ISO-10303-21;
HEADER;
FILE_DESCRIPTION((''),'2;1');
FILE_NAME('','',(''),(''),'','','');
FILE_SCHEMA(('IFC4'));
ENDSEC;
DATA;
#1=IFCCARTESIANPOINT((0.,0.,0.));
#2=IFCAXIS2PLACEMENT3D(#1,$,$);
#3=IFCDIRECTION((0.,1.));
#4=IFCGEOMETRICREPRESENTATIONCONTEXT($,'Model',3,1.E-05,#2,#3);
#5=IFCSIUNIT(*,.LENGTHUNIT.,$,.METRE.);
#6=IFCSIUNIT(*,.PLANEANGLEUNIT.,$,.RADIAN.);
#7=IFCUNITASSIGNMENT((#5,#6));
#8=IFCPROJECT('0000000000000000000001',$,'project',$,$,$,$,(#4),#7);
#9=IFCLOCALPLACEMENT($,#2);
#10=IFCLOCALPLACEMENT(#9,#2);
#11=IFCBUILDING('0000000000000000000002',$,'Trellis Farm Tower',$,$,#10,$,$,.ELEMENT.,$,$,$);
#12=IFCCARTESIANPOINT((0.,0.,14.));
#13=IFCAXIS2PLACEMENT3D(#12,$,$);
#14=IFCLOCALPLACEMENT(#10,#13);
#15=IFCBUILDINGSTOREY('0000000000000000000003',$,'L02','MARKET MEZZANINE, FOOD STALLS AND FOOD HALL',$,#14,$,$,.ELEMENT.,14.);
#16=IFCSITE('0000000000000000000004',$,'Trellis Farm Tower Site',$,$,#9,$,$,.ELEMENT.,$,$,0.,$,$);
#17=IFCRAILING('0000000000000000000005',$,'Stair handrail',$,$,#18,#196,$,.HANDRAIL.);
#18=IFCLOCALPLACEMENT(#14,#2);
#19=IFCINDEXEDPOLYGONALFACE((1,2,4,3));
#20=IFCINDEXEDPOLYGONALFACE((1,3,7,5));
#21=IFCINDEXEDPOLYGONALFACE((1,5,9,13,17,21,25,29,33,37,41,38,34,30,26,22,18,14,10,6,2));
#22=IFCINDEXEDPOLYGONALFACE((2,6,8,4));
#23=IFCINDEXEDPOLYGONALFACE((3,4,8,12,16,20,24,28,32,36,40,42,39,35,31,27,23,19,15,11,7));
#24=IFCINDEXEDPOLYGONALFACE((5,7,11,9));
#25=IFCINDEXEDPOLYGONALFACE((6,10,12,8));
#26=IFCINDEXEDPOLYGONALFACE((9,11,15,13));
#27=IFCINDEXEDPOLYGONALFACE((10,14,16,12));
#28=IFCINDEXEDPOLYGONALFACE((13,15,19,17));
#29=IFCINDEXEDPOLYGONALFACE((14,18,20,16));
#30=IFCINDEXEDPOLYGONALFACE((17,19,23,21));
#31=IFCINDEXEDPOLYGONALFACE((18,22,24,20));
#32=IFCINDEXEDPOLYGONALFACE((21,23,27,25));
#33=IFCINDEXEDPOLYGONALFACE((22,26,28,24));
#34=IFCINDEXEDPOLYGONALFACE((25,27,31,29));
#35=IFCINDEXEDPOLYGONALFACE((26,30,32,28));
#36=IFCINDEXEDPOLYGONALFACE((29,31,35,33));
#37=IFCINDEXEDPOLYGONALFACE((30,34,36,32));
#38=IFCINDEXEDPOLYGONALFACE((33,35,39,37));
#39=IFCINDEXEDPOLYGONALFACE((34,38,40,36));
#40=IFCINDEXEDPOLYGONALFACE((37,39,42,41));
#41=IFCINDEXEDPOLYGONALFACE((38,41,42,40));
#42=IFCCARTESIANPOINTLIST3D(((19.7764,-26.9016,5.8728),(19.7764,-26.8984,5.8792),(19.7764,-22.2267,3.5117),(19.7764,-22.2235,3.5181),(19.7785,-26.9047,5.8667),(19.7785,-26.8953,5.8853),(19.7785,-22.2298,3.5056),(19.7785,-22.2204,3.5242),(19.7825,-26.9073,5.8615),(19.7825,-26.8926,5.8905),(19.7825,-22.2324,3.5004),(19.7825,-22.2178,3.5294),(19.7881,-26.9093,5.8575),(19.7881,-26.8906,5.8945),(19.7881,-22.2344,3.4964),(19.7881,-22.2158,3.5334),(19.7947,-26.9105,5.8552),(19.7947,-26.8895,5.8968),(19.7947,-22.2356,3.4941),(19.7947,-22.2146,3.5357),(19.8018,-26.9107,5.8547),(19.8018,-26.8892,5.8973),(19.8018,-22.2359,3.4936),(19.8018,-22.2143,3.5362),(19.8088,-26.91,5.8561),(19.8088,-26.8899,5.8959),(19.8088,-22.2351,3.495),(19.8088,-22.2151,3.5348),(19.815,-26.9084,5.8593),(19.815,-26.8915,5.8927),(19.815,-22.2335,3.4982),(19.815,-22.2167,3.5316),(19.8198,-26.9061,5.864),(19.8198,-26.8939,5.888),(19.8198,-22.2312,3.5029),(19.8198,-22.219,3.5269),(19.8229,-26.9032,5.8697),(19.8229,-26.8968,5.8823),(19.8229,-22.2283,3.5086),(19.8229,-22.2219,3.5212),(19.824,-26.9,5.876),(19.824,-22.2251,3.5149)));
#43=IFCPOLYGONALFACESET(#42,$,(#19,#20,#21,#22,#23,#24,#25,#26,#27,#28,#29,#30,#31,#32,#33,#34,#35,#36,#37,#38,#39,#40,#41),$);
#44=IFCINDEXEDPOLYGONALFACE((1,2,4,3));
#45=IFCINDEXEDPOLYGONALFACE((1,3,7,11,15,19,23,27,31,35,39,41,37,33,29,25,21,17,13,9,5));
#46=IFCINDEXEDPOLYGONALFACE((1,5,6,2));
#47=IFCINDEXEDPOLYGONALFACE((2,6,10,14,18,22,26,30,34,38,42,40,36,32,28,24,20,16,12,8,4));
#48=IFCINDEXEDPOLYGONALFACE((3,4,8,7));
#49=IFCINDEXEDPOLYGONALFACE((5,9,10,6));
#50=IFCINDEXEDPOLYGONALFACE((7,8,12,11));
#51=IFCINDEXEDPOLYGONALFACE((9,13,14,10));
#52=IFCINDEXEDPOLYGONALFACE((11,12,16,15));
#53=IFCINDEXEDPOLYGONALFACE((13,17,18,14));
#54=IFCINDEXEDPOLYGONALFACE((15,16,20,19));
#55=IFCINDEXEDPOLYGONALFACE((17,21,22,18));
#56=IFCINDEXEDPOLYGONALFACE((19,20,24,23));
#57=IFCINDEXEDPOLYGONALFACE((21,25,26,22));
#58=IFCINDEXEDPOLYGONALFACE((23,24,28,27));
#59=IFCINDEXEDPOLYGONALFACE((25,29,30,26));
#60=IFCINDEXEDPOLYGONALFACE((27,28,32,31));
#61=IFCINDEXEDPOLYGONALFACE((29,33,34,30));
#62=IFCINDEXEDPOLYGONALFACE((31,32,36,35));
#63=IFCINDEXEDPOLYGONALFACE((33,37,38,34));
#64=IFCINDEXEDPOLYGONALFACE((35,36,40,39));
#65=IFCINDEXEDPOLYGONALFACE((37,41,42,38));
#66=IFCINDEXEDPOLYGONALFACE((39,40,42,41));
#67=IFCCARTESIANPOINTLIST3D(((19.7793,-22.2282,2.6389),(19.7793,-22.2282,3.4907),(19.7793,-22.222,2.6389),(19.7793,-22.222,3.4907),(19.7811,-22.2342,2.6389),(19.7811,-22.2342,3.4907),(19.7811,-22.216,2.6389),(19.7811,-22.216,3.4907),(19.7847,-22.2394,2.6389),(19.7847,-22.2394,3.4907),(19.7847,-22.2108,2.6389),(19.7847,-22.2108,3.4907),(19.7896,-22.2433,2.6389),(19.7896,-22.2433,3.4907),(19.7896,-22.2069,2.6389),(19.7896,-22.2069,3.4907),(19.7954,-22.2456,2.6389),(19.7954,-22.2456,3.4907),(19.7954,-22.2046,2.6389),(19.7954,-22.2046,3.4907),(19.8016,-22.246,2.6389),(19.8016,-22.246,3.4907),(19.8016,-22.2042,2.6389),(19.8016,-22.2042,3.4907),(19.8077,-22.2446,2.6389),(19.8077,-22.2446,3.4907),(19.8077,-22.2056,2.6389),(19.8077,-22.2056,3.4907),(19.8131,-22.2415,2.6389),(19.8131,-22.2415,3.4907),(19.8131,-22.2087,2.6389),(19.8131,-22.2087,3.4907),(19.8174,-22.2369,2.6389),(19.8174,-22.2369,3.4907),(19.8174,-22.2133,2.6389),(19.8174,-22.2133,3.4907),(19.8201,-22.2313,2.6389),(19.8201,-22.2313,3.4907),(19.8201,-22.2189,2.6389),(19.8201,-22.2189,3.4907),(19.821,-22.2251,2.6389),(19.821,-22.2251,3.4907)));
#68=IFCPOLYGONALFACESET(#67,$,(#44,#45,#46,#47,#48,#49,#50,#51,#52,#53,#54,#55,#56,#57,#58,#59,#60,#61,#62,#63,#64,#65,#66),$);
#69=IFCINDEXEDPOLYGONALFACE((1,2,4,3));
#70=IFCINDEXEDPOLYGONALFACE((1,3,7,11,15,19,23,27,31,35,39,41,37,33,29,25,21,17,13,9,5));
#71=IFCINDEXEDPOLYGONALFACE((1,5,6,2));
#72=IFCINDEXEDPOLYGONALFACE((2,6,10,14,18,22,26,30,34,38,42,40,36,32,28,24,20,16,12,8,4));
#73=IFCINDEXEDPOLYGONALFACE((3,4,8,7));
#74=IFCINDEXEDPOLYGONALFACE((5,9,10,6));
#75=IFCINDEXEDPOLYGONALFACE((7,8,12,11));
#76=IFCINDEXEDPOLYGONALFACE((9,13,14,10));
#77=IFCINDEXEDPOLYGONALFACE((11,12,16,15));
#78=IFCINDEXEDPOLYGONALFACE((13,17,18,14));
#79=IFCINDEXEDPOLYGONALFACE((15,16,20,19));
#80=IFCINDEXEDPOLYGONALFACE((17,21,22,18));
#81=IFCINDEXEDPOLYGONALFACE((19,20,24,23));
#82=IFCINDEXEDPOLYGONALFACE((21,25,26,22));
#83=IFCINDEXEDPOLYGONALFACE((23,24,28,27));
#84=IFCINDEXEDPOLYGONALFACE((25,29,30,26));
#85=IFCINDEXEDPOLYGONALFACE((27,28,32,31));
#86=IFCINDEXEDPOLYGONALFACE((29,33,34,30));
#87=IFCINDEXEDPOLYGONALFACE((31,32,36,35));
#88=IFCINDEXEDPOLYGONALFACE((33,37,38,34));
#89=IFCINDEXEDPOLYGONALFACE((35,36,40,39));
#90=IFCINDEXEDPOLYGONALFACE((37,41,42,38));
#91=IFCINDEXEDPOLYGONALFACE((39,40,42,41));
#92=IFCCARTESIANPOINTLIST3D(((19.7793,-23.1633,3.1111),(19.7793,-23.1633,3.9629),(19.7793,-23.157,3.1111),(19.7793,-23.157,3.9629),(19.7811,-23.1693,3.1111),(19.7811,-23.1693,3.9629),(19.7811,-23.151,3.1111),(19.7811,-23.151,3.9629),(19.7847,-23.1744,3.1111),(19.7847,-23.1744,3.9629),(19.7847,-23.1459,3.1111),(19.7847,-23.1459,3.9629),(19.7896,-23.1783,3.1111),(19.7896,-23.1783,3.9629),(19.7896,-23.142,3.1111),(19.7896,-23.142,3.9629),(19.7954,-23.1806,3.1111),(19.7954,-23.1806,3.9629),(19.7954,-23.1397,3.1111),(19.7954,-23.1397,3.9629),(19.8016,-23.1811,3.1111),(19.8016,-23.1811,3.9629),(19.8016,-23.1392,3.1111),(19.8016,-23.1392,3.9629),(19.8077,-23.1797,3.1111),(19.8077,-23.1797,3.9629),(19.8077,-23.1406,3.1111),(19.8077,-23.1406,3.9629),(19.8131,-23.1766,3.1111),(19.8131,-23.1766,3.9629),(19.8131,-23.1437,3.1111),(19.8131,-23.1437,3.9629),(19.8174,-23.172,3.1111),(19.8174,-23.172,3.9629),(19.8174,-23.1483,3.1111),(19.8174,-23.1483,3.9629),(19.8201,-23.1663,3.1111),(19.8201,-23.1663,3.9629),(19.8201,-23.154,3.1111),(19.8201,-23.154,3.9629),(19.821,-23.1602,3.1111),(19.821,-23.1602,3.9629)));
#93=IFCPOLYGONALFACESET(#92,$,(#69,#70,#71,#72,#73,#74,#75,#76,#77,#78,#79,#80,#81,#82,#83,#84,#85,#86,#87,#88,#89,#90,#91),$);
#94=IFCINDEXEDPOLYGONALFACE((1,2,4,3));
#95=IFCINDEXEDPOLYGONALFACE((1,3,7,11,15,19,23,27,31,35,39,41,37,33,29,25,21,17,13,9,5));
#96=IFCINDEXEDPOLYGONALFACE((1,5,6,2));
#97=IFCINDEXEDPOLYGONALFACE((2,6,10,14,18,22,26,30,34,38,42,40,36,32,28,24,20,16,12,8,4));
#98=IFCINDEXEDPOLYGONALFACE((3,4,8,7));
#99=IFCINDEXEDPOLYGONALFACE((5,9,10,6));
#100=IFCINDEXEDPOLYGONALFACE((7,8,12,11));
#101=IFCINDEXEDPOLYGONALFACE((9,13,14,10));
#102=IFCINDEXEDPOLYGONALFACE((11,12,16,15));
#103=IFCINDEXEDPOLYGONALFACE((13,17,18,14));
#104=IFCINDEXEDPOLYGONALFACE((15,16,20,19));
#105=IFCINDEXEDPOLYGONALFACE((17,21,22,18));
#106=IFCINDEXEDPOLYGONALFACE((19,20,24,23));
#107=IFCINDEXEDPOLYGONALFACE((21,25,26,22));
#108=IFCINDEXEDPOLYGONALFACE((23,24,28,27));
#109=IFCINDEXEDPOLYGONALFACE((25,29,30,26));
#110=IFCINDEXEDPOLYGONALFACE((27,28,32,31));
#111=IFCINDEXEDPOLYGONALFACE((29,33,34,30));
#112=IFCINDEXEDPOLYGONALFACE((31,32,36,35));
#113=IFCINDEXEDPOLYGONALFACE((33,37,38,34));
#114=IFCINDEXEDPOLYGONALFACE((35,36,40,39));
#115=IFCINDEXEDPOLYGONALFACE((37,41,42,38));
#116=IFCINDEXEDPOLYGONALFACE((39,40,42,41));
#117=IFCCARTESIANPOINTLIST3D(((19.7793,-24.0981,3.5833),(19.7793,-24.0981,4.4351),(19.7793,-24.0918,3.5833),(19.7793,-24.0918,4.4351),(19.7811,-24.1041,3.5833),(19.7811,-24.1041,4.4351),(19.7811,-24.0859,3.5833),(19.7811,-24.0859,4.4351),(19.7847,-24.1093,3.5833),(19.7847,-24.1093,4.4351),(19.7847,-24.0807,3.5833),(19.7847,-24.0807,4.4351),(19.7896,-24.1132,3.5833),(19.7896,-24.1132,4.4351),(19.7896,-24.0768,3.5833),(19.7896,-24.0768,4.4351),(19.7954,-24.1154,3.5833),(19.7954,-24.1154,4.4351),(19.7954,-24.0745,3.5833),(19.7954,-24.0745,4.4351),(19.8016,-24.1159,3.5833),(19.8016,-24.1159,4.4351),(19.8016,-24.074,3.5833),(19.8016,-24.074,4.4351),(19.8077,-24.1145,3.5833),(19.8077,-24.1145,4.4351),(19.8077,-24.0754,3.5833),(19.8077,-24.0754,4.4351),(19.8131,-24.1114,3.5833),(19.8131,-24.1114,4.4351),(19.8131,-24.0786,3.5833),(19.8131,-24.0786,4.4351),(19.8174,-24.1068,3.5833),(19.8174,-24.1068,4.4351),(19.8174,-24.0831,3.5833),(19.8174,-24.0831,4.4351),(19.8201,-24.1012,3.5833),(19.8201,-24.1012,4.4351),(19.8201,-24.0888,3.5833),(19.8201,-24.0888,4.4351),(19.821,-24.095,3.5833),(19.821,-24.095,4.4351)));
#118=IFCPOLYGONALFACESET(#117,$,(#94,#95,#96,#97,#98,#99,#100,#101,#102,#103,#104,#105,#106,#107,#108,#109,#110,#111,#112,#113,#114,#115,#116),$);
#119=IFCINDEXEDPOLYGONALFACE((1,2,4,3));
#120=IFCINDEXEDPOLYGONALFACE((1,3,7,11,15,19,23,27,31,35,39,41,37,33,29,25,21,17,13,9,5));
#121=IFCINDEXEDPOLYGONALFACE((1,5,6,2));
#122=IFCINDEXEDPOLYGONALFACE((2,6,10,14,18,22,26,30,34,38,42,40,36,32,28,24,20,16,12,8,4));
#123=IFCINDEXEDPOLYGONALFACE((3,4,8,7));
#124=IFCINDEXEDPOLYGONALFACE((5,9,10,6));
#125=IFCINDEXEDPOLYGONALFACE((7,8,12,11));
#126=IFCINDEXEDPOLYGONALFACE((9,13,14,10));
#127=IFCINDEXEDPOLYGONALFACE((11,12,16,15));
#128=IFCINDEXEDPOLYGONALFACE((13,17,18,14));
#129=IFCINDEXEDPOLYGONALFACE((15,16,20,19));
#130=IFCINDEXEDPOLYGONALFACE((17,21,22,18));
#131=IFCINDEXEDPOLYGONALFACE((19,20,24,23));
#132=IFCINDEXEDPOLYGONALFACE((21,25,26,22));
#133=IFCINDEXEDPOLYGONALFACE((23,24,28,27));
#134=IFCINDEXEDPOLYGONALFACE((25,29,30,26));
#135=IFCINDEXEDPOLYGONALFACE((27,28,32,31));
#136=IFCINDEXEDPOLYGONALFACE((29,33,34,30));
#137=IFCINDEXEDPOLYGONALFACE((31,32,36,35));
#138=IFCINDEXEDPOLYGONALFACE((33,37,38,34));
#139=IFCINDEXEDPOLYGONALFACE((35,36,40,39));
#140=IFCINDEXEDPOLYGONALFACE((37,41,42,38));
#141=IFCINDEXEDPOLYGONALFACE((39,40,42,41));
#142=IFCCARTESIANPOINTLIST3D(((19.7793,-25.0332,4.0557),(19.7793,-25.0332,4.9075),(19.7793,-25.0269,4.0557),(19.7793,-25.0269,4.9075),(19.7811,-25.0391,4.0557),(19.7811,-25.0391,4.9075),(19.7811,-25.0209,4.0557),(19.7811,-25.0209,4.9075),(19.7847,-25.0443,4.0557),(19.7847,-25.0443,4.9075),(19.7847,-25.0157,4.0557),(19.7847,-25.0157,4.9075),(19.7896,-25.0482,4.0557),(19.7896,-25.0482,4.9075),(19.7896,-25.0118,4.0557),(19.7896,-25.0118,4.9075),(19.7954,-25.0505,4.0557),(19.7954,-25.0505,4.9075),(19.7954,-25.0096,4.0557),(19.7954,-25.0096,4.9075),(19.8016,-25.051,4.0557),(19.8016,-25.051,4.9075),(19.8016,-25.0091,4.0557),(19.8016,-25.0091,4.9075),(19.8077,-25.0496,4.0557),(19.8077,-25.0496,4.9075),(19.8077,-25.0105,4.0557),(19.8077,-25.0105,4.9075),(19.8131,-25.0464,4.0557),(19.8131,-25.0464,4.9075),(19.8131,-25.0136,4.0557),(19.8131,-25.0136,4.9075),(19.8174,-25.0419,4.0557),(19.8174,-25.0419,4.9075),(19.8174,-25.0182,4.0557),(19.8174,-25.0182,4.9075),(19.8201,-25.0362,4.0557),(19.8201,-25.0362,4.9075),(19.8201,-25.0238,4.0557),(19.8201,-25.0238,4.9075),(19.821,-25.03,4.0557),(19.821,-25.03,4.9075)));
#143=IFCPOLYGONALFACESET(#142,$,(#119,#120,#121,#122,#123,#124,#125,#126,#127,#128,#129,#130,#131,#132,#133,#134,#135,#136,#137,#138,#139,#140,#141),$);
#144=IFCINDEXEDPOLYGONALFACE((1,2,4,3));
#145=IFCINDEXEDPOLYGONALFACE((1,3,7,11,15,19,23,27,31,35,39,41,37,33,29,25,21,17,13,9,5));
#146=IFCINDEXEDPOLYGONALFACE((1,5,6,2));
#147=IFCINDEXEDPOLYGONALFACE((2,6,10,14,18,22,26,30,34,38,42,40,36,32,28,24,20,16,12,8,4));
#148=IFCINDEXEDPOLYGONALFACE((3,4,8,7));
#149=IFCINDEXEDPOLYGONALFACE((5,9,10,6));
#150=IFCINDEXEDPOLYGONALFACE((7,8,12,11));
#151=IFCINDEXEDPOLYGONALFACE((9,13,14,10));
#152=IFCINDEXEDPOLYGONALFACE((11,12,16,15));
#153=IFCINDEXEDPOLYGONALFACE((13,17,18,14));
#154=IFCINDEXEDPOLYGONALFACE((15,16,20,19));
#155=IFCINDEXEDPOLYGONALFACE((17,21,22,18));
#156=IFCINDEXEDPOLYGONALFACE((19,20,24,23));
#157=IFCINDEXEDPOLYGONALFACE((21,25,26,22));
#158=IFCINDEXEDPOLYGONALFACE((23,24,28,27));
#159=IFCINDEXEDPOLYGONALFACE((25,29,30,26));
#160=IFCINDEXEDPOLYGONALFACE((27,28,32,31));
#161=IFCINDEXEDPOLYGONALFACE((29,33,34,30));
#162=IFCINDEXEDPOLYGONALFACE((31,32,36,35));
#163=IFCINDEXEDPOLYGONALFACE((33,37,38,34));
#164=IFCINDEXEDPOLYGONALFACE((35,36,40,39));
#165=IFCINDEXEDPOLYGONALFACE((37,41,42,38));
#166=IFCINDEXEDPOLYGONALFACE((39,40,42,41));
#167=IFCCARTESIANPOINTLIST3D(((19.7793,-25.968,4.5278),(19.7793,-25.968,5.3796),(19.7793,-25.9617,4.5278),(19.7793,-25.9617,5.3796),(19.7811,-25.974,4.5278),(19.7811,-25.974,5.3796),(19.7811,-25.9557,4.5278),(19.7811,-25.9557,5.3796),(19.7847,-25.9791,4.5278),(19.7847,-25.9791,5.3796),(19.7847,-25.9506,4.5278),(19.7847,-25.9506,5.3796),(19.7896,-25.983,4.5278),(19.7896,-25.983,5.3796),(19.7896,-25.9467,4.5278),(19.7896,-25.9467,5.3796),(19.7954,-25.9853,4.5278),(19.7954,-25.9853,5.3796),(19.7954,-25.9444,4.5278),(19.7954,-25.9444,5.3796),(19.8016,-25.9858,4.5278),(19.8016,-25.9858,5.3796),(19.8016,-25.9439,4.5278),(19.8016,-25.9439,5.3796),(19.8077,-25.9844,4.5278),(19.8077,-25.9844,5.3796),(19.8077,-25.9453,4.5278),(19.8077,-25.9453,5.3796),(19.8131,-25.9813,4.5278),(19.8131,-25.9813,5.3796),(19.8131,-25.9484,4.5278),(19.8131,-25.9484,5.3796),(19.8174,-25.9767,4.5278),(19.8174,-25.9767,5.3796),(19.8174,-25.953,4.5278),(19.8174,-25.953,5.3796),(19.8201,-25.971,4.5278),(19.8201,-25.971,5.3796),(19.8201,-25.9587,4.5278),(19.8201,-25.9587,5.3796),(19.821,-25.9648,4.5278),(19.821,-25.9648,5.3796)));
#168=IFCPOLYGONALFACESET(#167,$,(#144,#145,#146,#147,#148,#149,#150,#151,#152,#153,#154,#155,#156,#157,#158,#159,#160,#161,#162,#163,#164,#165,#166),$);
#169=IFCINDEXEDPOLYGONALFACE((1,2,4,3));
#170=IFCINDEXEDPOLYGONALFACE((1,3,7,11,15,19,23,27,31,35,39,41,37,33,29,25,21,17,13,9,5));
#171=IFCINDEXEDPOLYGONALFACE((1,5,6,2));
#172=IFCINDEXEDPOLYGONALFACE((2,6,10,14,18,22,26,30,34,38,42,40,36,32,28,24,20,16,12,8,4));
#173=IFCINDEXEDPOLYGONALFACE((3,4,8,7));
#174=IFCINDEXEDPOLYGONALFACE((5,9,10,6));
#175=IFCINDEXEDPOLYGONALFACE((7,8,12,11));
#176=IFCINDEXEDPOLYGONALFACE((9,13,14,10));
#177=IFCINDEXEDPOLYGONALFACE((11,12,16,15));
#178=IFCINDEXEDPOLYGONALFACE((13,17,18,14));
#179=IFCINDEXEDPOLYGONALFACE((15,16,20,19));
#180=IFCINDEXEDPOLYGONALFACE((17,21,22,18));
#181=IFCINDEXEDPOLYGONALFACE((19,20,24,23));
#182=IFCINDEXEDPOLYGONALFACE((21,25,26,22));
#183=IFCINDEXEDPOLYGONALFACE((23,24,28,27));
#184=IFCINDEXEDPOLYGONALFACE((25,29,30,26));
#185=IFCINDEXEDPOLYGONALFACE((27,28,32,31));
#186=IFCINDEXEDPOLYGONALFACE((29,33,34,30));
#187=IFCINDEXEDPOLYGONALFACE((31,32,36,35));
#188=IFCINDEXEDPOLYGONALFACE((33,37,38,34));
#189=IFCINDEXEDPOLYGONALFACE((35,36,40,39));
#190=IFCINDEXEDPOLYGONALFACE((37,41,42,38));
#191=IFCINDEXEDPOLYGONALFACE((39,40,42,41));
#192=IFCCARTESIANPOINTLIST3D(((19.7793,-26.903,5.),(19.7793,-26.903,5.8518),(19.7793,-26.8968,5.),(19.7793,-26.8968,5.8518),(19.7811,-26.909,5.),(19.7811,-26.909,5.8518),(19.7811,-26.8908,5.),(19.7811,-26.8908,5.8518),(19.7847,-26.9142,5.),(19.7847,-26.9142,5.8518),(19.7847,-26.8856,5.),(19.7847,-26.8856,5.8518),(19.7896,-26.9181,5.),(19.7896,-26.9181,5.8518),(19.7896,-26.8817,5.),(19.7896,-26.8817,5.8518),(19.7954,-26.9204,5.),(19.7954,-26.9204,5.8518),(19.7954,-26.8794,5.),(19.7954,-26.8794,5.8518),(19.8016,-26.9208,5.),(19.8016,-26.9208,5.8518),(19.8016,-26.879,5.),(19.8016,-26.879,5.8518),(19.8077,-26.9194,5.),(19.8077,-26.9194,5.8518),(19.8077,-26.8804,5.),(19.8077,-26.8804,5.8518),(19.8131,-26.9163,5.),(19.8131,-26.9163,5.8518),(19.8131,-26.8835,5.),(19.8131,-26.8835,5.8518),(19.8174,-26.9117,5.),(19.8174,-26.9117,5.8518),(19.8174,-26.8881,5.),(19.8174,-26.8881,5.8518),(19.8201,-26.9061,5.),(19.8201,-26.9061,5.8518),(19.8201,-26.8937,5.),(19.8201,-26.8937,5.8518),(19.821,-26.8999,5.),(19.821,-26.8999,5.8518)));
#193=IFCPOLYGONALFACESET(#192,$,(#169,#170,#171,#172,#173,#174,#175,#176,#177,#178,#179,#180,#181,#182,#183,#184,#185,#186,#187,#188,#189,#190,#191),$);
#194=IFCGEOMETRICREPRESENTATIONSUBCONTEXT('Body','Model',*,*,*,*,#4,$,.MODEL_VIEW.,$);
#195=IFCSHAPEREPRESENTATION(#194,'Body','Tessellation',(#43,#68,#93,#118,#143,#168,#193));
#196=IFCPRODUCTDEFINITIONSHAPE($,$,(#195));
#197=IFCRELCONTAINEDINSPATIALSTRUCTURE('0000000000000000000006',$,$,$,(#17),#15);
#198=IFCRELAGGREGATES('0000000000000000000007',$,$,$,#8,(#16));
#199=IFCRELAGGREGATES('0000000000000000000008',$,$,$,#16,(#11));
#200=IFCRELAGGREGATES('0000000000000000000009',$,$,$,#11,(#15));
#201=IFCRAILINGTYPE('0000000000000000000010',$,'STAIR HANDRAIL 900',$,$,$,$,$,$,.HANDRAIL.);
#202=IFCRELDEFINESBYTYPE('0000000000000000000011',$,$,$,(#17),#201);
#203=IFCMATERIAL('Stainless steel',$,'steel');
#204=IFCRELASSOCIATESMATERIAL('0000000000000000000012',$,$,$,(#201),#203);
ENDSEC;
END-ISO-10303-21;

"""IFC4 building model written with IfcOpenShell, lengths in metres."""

from ifc_helpers import new_model, si_unit, direction, frame, origin, origin_2d, place, context, subcontext, project, spatial, circle, extrude, source, transform, mapped, material, type_object, element, save


model = new_model("IFC4")

# Units and contexts
model_context = context("Model", 3, precision=1e-05, world=origin(), true_north=direction((0.0, 1.0)))
body_context = subcontext(model_context, "Body", "Model", "MODEL_VIEW")
ifc_project = project(units=[si_unit("LENGTHUNIT", "METRE"), si_unit("PLANEANGLEUNIT", "RADIAN")], contexts=[model_context])

# Site, building, storey
site_placement = place(None, origin())
site = spatial("IfcSite", under=ifc_project, at=site_placement, Name="Trellis Farm Tower Site", CompositionType="ELEMENT", RefElevation=0.0)
building_placement = place(site_placement, origin())
building = spatial("IfcBuilding", under=site, at=building_placement, Name="Trellis Farm Tower", CompositionType="ELEMENT")
storey_placement = place(building_placement, frame((0.0, 0.0, 14.0)))
storey = spatial("IfcBuildingStorey", under=building, at=storey_placement, Name="L02", Description="MARKET MEZZANINE, FOOD STALLS AND FOOD HALL", CompositionType="ELEMENT", Elevation=14.0)

# Railing
ifc_material_1 = material(Name="Stainless steel", Category="steel")
railing_type = type_object("IfcRailingType", Name="STAIR HANDRAIL 900", PredefinedType="HANDRAIL", material=ifc_material_1)
shared_shape_1 = source(origin(), body_context, "Body", "SweptSolid", [
    extrude(circle(Radius=0.0239, at=origin_2d()), frame((0.0, 0.0, 0.876), z_axis=(0.0, -0.892611, 0.450827), x_axis=(1.0, 0.0, 0.0)), (0.0, 0.0, 1.0), 5.2373),
    extrude(circle(Radius=0.021, at=origin_2d()), origin(), (0.0, 0.0, 1.0), 0.8518),
    extrude(circle(Radius=0.021, at=origin_2d()), frame((0.0, -0.9351, 0.4722)), (0.0, 0.0, 1.0), 0.8518),
    extrude(circle(Radius=0.021, at=origin_2d()), frame((0.0, -1.8699, 0.9443)), (0.0, 0.0, 1.0), 0.8518),
    extrude(circle(Radius=0.021, at=origin_2d()), frame((0.0, -2.8049, 1.4167)), (0.0, 0.0, 1.0), 0.8518),
    extrude(circle(Radius=0.021, at=origin_2d()), frame((0.0, -3.7397, 1.8889)), (0.0, 0.0, 1.0), 0.8518),
    extrude(circle(Radius=0.021, at=origin_2d()), frame((0.0, -4.6748, 2.3611)), (0.0, 0.0, 1.0), 0.8518),
])
for number, where, name in (
    (1, (19.8, -22.2251, 2.6389), "Stair handrail"),
):
    element("IfcRailing", number, at=place(storey_placement, frame(where)), inside=storey, type_object=railing_type, Name=name, PredefinedType="HANDRAIL", context=body_context, shape_type="MappedRepresentation", body=[
        mapped(shared_shape_1, transform((0.0, 0.0, 0.0))),
    ])

save(model, "model.ifc")
